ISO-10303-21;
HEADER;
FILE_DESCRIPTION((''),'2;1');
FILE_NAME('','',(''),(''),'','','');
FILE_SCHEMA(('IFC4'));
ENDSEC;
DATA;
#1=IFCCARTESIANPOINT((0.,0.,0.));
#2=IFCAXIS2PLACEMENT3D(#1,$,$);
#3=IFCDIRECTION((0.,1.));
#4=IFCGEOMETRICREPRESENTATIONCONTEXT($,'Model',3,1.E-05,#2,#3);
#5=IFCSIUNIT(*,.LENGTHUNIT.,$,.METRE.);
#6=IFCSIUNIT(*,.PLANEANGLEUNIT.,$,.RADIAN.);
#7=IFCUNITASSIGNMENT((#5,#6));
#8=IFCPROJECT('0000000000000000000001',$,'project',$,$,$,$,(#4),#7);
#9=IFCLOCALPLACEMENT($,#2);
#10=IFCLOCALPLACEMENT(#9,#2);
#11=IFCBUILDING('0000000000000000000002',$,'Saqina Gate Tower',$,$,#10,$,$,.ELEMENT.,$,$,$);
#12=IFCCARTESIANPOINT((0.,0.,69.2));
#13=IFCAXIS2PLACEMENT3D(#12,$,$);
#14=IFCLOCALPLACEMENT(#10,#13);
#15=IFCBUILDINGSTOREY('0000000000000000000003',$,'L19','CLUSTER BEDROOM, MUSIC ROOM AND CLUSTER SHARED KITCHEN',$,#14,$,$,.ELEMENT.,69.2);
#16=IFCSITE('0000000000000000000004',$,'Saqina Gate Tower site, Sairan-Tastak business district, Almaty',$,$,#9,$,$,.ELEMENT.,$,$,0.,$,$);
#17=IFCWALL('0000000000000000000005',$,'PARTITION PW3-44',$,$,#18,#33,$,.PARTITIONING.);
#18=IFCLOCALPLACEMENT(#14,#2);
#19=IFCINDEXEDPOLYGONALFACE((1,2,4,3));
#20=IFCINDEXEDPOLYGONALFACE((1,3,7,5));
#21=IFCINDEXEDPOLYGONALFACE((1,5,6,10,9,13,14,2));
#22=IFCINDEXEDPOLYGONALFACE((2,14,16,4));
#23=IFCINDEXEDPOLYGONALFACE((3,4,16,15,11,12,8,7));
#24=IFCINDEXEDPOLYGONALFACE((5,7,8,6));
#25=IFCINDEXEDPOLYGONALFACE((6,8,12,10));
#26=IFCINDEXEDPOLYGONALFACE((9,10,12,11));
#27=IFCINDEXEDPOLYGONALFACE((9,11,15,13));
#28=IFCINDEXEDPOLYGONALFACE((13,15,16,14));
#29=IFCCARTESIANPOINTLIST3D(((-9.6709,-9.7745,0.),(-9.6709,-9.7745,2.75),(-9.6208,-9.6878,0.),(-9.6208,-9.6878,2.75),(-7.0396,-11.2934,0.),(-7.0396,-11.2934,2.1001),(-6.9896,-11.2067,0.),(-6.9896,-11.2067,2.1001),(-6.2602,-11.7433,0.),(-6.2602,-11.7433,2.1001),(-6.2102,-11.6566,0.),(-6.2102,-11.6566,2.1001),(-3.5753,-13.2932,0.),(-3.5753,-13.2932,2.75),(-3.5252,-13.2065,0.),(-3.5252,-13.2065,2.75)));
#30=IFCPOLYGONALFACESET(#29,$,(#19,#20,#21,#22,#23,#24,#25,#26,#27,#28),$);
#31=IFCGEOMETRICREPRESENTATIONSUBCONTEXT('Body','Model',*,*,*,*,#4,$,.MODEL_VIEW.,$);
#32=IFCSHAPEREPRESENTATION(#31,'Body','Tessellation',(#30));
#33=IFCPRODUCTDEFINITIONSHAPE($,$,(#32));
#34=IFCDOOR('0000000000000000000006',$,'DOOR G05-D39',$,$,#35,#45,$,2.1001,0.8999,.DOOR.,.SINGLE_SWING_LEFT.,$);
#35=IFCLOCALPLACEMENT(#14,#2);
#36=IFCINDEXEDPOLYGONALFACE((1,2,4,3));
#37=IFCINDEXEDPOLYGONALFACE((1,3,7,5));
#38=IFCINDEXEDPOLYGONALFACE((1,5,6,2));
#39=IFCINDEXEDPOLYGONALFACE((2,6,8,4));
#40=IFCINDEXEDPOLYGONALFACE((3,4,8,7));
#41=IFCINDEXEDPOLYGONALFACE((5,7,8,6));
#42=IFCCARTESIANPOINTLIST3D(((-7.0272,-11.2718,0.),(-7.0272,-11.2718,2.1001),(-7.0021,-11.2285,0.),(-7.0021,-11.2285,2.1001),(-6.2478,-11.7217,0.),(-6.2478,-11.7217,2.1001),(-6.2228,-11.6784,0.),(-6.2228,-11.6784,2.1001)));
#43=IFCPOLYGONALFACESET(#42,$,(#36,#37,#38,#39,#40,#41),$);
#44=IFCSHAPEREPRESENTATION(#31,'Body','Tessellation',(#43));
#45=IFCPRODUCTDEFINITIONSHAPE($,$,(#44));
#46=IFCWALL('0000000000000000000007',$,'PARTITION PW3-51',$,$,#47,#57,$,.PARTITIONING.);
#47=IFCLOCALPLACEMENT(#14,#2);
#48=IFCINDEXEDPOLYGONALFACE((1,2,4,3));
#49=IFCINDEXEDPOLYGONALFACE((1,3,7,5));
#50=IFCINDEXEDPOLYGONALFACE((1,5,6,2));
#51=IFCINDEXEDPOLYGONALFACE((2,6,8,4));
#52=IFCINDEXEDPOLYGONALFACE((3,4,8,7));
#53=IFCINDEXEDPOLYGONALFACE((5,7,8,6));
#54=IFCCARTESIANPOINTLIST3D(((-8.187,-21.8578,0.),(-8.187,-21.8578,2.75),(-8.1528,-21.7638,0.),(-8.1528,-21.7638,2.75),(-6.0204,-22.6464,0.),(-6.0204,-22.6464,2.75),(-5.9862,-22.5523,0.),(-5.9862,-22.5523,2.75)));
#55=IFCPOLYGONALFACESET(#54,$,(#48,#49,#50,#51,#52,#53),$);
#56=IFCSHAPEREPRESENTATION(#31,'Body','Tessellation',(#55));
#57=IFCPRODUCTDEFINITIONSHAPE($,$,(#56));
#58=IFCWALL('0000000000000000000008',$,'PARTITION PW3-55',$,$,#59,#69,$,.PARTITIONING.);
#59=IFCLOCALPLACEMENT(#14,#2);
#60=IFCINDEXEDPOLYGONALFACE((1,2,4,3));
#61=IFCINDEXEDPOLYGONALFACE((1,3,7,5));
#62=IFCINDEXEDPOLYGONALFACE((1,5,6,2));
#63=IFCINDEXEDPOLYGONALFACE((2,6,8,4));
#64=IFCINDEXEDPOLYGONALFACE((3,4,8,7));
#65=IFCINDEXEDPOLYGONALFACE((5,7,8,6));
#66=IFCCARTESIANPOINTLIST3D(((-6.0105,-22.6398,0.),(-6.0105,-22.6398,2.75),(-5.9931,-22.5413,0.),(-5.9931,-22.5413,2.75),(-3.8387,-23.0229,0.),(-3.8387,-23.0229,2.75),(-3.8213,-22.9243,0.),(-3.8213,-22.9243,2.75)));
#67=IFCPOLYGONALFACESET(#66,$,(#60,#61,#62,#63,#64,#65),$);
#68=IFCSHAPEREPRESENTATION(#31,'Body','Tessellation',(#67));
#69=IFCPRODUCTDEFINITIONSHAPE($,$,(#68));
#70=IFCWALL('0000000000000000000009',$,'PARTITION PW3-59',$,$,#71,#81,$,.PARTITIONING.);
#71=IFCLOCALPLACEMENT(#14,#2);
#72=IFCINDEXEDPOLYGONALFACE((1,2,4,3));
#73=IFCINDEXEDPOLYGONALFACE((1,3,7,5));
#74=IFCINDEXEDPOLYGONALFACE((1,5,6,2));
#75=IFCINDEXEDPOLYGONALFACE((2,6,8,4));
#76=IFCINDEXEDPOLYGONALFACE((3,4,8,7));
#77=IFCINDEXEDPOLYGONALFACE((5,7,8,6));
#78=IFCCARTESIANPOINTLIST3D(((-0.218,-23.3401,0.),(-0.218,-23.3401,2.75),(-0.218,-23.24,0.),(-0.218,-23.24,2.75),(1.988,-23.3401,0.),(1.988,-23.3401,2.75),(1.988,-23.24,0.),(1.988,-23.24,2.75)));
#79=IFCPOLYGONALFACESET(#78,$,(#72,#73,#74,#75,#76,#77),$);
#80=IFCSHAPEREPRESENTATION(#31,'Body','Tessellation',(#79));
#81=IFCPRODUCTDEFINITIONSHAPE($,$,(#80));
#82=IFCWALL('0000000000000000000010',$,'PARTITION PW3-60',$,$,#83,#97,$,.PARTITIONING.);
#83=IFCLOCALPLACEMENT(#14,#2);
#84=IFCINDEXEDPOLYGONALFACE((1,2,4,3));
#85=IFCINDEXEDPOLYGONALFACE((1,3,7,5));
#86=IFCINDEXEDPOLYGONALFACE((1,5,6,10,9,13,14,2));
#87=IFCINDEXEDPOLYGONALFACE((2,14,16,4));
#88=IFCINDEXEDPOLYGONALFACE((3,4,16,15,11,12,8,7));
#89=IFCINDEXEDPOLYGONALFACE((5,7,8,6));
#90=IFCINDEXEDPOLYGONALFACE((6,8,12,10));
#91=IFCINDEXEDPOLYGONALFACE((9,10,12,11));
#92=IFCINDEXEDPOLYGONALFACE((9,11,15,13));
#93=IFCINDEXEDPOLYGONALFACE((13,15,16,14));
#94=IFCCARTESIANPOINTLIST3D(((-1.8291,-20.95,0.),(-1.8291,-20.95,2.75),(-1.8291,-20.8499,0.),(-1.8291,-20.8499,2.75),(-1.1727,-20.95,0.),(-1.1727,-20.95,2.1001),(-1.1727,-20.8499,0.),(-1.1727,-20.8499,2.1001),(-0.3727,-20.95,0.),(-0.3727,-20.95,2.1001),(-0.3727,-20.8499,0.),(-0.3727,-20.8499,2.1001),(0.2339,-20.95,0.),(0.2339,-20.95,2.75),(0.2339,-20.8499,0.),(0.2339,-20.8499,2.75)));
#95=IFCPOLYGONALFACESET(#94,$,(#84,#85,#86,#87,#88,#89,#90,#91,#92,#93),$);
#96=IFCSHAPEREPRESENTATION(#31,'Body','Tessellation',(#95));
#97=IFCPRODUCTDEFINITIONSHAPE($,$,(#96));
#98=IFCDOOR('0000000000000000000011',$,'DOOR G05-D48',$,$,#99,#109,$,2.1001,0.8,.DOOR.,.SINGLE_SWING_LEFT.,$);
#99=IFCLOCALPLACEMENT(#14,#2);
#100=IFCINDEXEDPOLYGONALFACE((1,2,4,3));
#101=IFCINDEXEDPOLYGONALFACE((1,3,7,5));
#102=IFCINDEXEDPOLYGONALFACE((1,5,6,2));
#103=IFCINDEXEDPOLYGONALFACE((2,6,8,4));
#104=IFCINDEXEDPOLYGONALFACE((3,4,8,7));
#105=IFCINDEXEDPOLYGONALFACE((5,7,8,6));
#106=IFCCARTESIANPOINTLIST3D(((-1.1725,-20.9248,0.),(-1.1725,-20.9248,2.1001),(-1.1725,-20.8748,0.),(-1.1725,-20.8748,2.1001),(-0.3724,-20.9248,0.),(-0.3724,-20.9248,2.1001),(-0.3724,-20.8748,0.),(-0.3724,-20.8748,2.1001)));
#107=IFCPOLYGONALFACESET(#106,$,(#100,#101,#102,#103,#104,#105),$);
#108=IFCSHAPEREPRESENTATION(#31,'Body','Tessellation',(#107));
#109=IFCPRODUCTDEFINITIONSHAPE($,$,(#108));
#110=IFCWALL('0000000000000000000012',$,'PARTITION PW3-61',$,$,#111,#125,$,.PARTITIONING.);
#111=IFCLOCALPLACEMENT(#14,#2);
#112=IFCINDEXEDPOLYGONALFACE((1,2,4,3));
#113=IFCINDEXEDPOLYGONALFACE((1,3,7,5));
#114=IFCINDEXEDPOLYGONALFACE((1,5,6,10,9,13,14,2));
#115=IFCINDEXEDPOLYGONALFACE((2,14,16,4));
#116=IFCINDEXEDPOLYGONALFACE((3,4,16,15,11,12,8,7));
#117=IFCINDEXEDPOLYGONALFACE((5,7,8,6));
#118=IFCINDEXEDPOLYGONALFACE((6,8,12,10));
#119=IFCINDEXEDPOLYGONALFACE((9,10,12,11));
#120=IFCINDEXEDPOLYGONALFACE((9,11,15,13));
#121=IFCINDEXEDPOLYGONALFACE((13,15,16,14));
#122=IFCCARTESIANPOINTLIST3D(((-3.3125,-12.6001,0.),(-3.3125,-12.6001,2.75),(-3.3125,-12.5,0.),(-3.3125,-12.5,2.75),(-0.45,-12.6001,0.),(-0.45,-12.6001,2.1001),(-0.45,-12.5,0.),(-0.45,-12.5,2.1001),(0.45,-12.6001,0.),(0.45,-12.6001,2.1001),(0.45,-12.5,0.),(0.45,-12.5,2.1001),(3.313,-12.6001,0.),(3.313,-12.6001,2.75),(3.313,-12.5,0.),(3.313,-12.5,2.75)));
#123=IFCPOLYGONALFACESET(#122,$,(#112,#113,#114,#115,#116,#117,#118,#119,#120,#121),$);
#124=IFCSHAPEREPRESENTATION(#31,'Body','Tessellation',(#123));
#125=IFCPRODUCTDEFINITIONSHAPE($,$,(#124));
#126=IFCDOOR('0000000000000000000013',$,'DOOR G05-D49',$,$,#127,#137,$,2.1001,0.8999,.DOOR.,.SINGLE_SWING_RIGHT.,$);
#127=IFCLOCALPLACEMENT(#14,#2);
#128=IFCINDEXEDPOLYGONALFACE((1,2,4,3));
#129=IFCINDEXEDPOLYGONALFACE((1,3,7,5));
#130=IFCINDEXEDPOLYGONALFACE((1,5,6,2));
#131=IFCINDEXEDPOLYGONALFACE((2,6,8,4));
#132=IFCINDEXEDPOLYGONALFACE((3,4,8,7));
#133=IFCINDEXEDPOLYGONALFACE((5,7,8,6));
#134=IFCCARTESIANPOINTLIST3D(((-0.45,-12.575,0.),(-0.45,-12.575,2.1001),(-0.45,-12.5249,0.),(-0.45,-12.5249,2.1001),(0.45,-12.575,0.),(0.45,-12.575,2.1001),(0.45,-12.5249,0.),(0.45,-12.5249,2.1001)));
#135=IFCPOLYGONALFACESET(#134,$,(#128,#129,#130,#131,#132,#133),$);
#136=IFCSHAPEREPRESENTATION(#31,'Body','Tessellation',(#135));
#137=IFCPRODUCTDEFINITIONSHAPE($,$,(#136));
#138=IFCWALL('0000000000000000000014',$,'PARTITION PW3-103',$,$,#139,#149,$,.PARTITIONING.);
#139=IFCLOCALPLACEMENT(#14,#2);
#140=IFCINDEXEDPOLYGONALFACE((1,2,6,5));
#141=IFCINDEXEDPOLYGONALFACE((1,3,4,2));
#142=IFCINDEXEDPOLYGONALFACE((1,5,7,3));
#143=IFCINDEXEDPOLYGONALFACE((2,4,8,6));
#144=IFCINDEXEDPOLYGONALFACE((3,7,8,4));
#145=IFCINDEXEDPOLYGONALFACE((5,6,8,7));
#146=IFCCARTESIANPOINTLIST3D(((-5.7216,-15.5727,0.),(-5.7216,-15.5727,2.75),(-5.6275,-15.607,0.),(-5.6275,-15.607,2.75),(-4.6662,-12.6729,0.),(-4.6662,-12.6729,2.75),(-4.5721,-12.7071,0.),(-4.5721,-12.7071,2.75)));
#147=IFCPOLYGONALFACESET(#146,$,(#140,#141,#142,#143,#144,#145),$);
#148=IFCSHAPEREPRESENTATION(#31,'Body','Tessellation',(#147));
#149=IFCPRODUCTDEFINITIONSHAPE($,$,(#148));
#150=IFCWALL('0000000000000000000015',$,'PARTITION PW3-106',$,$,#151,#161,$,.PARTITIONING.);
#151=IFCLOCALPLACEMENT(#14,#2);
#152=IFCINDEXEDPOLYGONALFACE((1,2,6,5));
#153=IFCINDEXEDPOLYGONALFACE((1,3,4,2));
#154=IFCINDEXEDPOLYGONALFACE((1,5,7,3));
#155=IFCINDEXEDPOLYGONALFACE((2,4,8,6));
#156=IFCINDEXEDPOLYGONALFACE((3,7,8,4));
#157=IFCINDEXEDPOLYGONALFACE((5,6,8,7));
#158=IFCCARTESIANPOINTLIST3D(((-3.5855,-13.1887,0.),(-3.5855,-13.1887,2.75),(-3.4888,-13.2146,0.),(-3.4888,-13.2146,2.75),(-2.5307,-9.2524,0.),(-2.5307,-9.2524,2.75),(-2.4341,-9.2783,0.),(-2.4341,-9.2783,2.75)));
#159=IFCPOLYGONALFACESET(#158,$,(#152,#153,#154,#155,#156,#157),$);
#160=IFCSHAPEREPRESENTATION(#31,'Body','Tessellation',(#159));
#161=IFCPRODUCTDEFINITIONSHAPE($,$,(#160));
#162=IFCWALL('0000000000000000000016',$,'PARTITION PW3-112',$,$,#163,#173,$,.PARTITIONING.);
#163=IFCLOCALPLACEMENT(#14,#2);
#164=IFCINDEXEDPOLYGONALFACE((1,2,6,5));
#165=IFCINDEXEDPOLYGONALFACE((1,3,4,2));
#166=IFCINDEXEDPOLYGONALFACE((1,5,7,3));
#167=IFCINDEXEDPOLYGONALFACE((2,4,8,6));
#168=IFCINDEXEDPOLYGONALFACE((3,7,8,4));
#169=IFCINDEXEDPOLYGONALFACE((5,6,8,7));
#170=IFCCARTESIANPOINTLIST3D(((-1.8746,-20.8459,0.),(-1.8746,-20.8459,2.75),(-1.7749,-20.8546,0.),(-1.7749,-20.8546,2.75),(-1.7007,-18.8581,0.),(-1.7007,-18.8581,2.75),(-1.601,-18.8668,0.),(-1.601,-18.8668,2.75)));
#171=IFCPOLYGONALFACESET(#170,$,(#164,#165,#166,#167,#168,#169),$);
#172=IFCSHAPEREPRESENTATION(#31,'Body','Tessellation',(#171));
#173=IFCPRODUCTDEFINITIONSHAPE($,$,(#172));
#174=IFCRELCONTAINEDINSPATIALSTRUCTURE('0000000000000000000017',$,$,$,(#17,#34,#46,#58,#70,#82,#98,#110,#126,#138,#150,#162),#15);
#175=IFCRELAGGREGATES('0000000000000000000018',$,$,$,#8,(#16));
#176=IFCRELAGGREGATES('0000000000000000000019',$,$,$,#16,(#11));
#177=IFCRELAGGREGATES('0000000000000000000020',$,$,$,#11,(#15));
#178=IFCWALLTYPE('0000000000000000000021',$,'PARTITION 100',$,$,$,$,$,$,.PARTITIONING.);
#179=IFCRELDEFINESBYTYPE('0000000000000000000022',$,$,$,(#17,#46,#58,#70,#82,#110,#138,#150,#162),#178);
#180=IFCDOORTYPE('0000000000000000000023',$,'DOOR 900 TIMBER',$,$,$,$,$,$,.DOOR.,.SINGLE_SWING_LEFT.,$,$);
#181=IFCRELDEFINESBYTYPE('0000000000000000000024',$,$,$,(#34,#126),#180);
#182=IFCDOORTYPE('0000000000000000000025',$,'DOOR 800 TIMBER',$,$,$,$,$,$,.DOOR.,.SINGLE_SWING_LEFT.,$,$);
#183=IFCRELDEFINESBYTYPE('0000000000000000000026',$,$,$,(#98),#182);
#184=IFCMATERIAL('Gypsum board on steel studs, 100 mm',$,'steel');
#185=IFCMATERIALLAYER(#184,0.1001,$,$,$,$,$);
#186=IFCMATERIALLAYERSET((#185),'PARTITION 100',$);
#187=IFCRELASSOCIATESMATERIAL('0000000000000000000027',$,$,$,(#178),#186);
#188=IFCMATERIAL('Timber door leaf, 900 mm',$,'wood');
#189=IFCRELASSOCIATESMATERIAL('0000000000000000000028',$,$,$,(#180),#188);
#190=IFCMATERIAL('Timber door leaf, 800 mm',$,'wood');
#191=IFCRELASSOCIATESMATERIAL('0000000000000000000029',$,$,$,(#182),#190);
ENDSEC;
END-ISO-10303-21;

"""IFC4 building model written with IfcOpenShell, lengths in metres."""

from ifc_helpers import new_model, si_unit, direction, frame, frame_2d, origin, place, context, subcontext, project, spatial, rectangle, extrude, material, layer, layer_set, type_object, element, fill, save


model = new_model("IFC4")

# Units and contexts
model_context = context("Model", 3, precision=1e-05, world=origin(), true_north=direction((0.0, 1.0)))
body_context = subcontext(model_context, "Body", "Model", "MODEL_VIEW")
ifc_project = project(units=[si_unit("LENGTHUNIT", "METRE"), si_unit("PLANEANGLEUNIT", "RADIAN")], contexts=[model_context])

# Site, building, storey
site_placement = place(None, origin())
site = spatial("IfcSite", under=ifc_project, at=site_placement, Name="Saqina Gate Tower site, Sairan-Tastak business district, Almaty", CompositionType="ELEMENT", RefElevation=0.0)
building_placement = place(site_placement, origin())
building = spatial("IfcBuilding", under=site, at=building_placement, Name="Saqina Gate Tower", CompositionType="ELEMENT")
storey_placement = place(building_placement, frame((0.0, 0.0, 69.2)))
storey = spatial("IfcBuildingStorey", under=building, at=storey_placement, Name="L19", Description="CLUSTER BEDROOM, MUSIC ROOM AND CLUSTER SHARED KITCHEN", CompositionType="ELEMENT", Elevation=69.2)

# Wall, opening, door
ifc_material_1 = material(Name="Gypsum board on steel studs, 100 mm", Category="steel")
ifc_layer_1 = layer(ifc_material_1, 0.1001)
ifc_layer_set_1 = layer_set([ifc_layer_1], Name="PARTITION 100")
wall_type_1 = type_object("IfcWallType", Name="PARTITION 100", PredefinedType="PARTITIONING", material=ifc_layer_set_1)
wall_1_placement = place(storey_placement, frame((-9.6458, -9.7312, 0.0), z_axis=(0.0, 0.0, 1.0), x_axis=(0.86606, -0.499941, 0.0)))
wall_1 = element("IfcWall", 1, at=wall_1_placement, inside=storey, type_object=wall_type_1, Name="PARTITION PW3-44", PredefinedType="PARTITIONING", context=body_context, shape_type="SweptSolid", body=[
    extrude(rectangle(XDim=7.0383, YDim=0.1001, at=frame_2d((3.519, 0.0))), origin(), (0.0, 0.0, 1.0), 2.75),
])
opening_1_placement = place(wall_1_placement, frame((3.0381, 0.0, 0.0)))
opening_1 = element("IfcOpeningElement", 2, at=opening_1_placement, cuts=wall_1, PredefinedType="OPENING", context=body_context, shape_type="SweptSolid", body=[
    extrude(rectangle(XDim=0.8999, YDim=2.1001, at=frame_2d((0.45, 1.05))), frame((0.0, 0.062, 0.0), z_axis=(0.0, -1.0, 0.0), x_axis=(1.0, 0.0, 0.0)), (0.0, 0.0, 1.0), 0.124),
])
ifc_material_2 = material(Name="Timber door leaf, 900 mm", Category="wood")
door_type_1 = type_object("IfcDoorType", Name="DOOR 900 TIMBER", OperationType="SINGLE_SWING_LEFT", PredefinedType="DOOR", material=ifc_material_2)
door_1_placement = place(opening_1_placement, origin())
door_1 = element("IfcDoor", 3, at=door_1_placement, inside=storey, type_object=door_type_1, Name="DOOR G05-D39", OperationType="SINGLE_SWING_LEFT", OverallHeight=2.1001, OverallWidth=0.8999, PredefinedType="DOOR", context=body_context, shape_type="SweptSolid", body=[
    extrude(rectangle(XDim=0.8999, YDim=2.1001, at=frame_2d((0.45, 1.05))), frame((0.0, 0.0249, 0.0), z_axis=(0.0, -1.0, 0.0), x_axis=(1.0, 0.0, 0.0)), (0.0, 0.0, 1.0), 0.05),
])
fill(opening_1, door_1)

# Walls
wall_2_placement = place(storey_placement, frame((-8.1699, -21.8108, 0.0), z_axis=(0.0, 0.0, 1.0), x_axis=(0.939701, -0.341998, 0.0)))
element("IfcWall", 4, at=wall_2_placement, inside=storey, type_object=wall_type_1, Name="PARTITION PW3-51", PredefinedType="PARTITIONING", context=body_context, shape_type="SweptSolid", body=[
    extrude(rectangle(XDim=2.3057, YDim=0.1001, at=frame_2d((1.1528, 0.0))), origin(), (0.0, 0.0, 1.0), 2.75),
])
wall_3_placement = place(storey_placement, frame((-6.0017, -22.5906, 0.0), z_axis=(0.0, 0.0, 1.0), x_axis=(0.9848, -0.173691, 0.0)))
element("IfcWall", 5, at=wall_3_placement, inside=storey, type_object=wall_type_1, Name="PARTITION PW3-55", PredefinedType="PARTITIONING", context=body_context, shape_type="SweptSolid", body=[
    extrude(rectangle(XDim=2.2053, YDim=0.1001, at=frame_2d((1.1025, 0.0))), origin(), (0.0, 0.0, 1.0), 2.75),
])
wall_4_placement = place(storey_placement, frame((-0.218, -23.29, 0.0), z_axis=(0.0, 0.0, 1.0), x_axis=(1.0, 0.0, 0.0)))
element("IfcWall", 6, at=wall_4_placement, inside=storey, type_object=wall_type_1, Name="PARTITION PW3-59", PredefinedType="PARTITIONING", context=body_context, shape_type="SweptSolid", body=[
    extrude(rectangle(XDim=2.2061, YDim=0.1001, at=frame_2d((1.103, 0.0))), origin(), (0.0, 0.0, 1.0), 2.75),
])

# Walls, openings, doors
wall_5_placement = place(storey_placement, frame((-1.8291, -20.8999, 0.0), z_axis=(0.0, 0.0, 1.0), x_axis=(1.0, 0.0, 0.0)))
wall_5 = element("IfcWall", 7, at=wall_5_placement, inside=storey, type_object=wall_type_1, Name="PARTITION PW3-60", PredefinedType="PARTITIONING", context=body_context, shape_type="SweptSolid", body=[
    extrude(rectangle(XDim=2.063, YDim=0.1001, at=frame_2d((1.0315, 0.0))), origin(), (0.0, 0.0, 1.0), 2.75),
])
opening_2_placement = place(wall_5_placement, frame((0.6565, 0.0, 0.0)))
opening_2 = element("IfcOpeningElement", 8, at=opening_2_placement, cuts=wall_5, PredefinedType="OPENING", context=body_context, shape_type="SweptSolid", body=[
    extrude(rectangle(XDim=0.8, YDim=2.1001, at=frame_2d((0.3999, 1.05))), frame((0.0, 0.062, 0.0), z_axis=(0.0, -1.0, 0.0), x_axis=(1.0, 0.0, 0.0)), (0.0, 0.0, 1.0), 0.124),
])
ifc_material_3 = material(Name="Timber door leaf, 800 mm", Category="wood")
door_type_2 = type_object("IfcDoorType", Name="DOOR 800 TIMBER", OperationType="SINGLE_SWING_LEFT", PredefinedType="DOOR", material=ifc_material_3)
door_2_placement = place(opening_2_placement, frame((0.8, 0.0, 0.0), z_axis=(0.0, 0.0, 1.0), x_axis=(-1.0, 0.0, 0.0)))
door_2 = element("IfcDoor", 9, at=door_2_placement, inside=storey, type_object=door_type_2, Name="DOOR G05-D48", OperationType="SINGLE_SWING_LEFT", OverallHeight=2.1001, OverallWidth=0.8, PredefinedType="DOOR", context=body_context, shape_type="SweptSolid", body=[
    extrude(rectangle(XDim=0.8, YDim=2.1001, at=frame_2d((0.3999, 1.05))), frame((0.0, 0.0249, 0.0), z_axis=(0.0, -1.0, 0.0), x_axis=(1.0, 0.0, 0.0)), (0.0, 0.0, 1.0), 0.05),
])
fill(opening_2, door_2)
wall_6_placement = place(storey_placement, frame((-3.3125, -12.55, 0.0), z_axis=(0.0, 0.0, 1.0), x_axis=(1.0, 0.0, 0.0)))
wall_6 = element("IfcWall", 10, at=wall_6_placement, inside=storey, type_object=wall_type_1, Name="PARTITION PW3-61", PredefinedType="PARTITIONING", context=body_context, shape_type="SweptSolid", body=[
    extrude(rectangle(XDim=6.6255, YDim=0.1001, at=frame_2d((3.3127, 0.0))), origin(), (0.0, 0.0, 1.0), 2.75),
])
opening_3_placement = place(wall_6_placement, frame((2.8625, 0.0, 0.0)))
opening_3 = element("IfcOpeningElement", 11, at=opening_3_placement, cuts=wall_6, PredefinedType="OPENING", context=body_context, shape_type="SweptSolid", body=[
    extrude(rectangle(XDim=0.8999, YDim=2.1001, at=frame_2d((0.45, 1.05))), frame((0.0, 0.062, 0.0), z_axis=(0.0, -1.0, 0.0), x_axis=(1.0, 0.0, 0.0)), (0.0, 0.0, 1.0), 0.124),
])
door_3_placement = place(opening_3_placement, frame((0.8999, 0.0, 0.0), z_axis=(0.0, 0.0, 1.0), x_axis=(-1.0, 0.0, 0.0)))
door_3 = element("IfcDoor", 12, at=door_3_placement, inside=storey, type_object=door_type_1, Name="DOOR G05-D49", OperationType="SINGLE_SWING_RIGHT", OverallHeight=2.1001, OverallWidth=0.8999, PredefinedType="DOOR", context=body_context, shape_type="SweptSolid", body=[
    extrude(rectangle(XDim=0.8999, YDim=2.1001, at=frame_2d((0.45, 1.05))), frame((0.0, 0.0249, 0.0), z_axis=(0.0, -1.0, 0.0), x_axis=(1.0, 0.0, 0.0)), (0.0, 0.0, 1.0), 0.05),
])
fill(opening_3, door_3)

# Walls
wall_7_placement = place(storey_placement, frame((-5.6746, -15.5898, 0.0), z_axis=(0.0, 0.0, 1.0), x_axis=(0.342003, 0.939699, 0.0)))
element("IfcWall", 13, at=wall_7_placement, inside=storey, type_object=wall_type_1, Name="PARTITION PW3-103", PredefinedType="PARTITIONING", context=body_context, shape_type="SweptSolid", body=[
    extrude(rectangle(XDim=3.0859, YDim=0.1001, at=frame_2d((1.543, 0.0))), origin(), (0.0, 0.0, 1.0), 2.75),
])
wall_8_placement = place(storey_placement, frame((-3.5371, -13.2017, 0.0), z_axis=(0.0, 0.0, 1.0), x_axis=(0.258811, 0.965928, 0.0)))
element("IfcWall", 14, at=wall_8_placement, inside=storey, type_object=wall_type_1, Name="PARTITION PW3-106", PredefinedType="PARTITIONING", context=body_context, shape_type="SweptSolid", body=[
    extrude(rectangle(XDim=4.0752, YDim=0.1001, at=frame_2d((2.0376, 0.0))), origin(), (0.0, 0.0, 1.0), 2.75),
])
wall_9_placement = place(storey_placement, frame((-1.8247, -20.8501, 0.0), z_axis=(0.0, 0.0, 1.0), x_axis=(0.087115, 0.996198, 0.0)))
element("IfcWall", 15, at=wall_9_placement, inside=storey, type_object=wall_type_1, Name="PARTITION PW3-112", PredefinedType="PARTITIONING", context=body_context, shape_type="SweptSolid", body=[
    extrude(rectangle(XDim=1.9954, YDim=0.1001, at=frame_2d((0.9976, 0.0))), origin(), (0.0, 0.0, 1.0), 2.75),
])

save(model, "model.ifc")
